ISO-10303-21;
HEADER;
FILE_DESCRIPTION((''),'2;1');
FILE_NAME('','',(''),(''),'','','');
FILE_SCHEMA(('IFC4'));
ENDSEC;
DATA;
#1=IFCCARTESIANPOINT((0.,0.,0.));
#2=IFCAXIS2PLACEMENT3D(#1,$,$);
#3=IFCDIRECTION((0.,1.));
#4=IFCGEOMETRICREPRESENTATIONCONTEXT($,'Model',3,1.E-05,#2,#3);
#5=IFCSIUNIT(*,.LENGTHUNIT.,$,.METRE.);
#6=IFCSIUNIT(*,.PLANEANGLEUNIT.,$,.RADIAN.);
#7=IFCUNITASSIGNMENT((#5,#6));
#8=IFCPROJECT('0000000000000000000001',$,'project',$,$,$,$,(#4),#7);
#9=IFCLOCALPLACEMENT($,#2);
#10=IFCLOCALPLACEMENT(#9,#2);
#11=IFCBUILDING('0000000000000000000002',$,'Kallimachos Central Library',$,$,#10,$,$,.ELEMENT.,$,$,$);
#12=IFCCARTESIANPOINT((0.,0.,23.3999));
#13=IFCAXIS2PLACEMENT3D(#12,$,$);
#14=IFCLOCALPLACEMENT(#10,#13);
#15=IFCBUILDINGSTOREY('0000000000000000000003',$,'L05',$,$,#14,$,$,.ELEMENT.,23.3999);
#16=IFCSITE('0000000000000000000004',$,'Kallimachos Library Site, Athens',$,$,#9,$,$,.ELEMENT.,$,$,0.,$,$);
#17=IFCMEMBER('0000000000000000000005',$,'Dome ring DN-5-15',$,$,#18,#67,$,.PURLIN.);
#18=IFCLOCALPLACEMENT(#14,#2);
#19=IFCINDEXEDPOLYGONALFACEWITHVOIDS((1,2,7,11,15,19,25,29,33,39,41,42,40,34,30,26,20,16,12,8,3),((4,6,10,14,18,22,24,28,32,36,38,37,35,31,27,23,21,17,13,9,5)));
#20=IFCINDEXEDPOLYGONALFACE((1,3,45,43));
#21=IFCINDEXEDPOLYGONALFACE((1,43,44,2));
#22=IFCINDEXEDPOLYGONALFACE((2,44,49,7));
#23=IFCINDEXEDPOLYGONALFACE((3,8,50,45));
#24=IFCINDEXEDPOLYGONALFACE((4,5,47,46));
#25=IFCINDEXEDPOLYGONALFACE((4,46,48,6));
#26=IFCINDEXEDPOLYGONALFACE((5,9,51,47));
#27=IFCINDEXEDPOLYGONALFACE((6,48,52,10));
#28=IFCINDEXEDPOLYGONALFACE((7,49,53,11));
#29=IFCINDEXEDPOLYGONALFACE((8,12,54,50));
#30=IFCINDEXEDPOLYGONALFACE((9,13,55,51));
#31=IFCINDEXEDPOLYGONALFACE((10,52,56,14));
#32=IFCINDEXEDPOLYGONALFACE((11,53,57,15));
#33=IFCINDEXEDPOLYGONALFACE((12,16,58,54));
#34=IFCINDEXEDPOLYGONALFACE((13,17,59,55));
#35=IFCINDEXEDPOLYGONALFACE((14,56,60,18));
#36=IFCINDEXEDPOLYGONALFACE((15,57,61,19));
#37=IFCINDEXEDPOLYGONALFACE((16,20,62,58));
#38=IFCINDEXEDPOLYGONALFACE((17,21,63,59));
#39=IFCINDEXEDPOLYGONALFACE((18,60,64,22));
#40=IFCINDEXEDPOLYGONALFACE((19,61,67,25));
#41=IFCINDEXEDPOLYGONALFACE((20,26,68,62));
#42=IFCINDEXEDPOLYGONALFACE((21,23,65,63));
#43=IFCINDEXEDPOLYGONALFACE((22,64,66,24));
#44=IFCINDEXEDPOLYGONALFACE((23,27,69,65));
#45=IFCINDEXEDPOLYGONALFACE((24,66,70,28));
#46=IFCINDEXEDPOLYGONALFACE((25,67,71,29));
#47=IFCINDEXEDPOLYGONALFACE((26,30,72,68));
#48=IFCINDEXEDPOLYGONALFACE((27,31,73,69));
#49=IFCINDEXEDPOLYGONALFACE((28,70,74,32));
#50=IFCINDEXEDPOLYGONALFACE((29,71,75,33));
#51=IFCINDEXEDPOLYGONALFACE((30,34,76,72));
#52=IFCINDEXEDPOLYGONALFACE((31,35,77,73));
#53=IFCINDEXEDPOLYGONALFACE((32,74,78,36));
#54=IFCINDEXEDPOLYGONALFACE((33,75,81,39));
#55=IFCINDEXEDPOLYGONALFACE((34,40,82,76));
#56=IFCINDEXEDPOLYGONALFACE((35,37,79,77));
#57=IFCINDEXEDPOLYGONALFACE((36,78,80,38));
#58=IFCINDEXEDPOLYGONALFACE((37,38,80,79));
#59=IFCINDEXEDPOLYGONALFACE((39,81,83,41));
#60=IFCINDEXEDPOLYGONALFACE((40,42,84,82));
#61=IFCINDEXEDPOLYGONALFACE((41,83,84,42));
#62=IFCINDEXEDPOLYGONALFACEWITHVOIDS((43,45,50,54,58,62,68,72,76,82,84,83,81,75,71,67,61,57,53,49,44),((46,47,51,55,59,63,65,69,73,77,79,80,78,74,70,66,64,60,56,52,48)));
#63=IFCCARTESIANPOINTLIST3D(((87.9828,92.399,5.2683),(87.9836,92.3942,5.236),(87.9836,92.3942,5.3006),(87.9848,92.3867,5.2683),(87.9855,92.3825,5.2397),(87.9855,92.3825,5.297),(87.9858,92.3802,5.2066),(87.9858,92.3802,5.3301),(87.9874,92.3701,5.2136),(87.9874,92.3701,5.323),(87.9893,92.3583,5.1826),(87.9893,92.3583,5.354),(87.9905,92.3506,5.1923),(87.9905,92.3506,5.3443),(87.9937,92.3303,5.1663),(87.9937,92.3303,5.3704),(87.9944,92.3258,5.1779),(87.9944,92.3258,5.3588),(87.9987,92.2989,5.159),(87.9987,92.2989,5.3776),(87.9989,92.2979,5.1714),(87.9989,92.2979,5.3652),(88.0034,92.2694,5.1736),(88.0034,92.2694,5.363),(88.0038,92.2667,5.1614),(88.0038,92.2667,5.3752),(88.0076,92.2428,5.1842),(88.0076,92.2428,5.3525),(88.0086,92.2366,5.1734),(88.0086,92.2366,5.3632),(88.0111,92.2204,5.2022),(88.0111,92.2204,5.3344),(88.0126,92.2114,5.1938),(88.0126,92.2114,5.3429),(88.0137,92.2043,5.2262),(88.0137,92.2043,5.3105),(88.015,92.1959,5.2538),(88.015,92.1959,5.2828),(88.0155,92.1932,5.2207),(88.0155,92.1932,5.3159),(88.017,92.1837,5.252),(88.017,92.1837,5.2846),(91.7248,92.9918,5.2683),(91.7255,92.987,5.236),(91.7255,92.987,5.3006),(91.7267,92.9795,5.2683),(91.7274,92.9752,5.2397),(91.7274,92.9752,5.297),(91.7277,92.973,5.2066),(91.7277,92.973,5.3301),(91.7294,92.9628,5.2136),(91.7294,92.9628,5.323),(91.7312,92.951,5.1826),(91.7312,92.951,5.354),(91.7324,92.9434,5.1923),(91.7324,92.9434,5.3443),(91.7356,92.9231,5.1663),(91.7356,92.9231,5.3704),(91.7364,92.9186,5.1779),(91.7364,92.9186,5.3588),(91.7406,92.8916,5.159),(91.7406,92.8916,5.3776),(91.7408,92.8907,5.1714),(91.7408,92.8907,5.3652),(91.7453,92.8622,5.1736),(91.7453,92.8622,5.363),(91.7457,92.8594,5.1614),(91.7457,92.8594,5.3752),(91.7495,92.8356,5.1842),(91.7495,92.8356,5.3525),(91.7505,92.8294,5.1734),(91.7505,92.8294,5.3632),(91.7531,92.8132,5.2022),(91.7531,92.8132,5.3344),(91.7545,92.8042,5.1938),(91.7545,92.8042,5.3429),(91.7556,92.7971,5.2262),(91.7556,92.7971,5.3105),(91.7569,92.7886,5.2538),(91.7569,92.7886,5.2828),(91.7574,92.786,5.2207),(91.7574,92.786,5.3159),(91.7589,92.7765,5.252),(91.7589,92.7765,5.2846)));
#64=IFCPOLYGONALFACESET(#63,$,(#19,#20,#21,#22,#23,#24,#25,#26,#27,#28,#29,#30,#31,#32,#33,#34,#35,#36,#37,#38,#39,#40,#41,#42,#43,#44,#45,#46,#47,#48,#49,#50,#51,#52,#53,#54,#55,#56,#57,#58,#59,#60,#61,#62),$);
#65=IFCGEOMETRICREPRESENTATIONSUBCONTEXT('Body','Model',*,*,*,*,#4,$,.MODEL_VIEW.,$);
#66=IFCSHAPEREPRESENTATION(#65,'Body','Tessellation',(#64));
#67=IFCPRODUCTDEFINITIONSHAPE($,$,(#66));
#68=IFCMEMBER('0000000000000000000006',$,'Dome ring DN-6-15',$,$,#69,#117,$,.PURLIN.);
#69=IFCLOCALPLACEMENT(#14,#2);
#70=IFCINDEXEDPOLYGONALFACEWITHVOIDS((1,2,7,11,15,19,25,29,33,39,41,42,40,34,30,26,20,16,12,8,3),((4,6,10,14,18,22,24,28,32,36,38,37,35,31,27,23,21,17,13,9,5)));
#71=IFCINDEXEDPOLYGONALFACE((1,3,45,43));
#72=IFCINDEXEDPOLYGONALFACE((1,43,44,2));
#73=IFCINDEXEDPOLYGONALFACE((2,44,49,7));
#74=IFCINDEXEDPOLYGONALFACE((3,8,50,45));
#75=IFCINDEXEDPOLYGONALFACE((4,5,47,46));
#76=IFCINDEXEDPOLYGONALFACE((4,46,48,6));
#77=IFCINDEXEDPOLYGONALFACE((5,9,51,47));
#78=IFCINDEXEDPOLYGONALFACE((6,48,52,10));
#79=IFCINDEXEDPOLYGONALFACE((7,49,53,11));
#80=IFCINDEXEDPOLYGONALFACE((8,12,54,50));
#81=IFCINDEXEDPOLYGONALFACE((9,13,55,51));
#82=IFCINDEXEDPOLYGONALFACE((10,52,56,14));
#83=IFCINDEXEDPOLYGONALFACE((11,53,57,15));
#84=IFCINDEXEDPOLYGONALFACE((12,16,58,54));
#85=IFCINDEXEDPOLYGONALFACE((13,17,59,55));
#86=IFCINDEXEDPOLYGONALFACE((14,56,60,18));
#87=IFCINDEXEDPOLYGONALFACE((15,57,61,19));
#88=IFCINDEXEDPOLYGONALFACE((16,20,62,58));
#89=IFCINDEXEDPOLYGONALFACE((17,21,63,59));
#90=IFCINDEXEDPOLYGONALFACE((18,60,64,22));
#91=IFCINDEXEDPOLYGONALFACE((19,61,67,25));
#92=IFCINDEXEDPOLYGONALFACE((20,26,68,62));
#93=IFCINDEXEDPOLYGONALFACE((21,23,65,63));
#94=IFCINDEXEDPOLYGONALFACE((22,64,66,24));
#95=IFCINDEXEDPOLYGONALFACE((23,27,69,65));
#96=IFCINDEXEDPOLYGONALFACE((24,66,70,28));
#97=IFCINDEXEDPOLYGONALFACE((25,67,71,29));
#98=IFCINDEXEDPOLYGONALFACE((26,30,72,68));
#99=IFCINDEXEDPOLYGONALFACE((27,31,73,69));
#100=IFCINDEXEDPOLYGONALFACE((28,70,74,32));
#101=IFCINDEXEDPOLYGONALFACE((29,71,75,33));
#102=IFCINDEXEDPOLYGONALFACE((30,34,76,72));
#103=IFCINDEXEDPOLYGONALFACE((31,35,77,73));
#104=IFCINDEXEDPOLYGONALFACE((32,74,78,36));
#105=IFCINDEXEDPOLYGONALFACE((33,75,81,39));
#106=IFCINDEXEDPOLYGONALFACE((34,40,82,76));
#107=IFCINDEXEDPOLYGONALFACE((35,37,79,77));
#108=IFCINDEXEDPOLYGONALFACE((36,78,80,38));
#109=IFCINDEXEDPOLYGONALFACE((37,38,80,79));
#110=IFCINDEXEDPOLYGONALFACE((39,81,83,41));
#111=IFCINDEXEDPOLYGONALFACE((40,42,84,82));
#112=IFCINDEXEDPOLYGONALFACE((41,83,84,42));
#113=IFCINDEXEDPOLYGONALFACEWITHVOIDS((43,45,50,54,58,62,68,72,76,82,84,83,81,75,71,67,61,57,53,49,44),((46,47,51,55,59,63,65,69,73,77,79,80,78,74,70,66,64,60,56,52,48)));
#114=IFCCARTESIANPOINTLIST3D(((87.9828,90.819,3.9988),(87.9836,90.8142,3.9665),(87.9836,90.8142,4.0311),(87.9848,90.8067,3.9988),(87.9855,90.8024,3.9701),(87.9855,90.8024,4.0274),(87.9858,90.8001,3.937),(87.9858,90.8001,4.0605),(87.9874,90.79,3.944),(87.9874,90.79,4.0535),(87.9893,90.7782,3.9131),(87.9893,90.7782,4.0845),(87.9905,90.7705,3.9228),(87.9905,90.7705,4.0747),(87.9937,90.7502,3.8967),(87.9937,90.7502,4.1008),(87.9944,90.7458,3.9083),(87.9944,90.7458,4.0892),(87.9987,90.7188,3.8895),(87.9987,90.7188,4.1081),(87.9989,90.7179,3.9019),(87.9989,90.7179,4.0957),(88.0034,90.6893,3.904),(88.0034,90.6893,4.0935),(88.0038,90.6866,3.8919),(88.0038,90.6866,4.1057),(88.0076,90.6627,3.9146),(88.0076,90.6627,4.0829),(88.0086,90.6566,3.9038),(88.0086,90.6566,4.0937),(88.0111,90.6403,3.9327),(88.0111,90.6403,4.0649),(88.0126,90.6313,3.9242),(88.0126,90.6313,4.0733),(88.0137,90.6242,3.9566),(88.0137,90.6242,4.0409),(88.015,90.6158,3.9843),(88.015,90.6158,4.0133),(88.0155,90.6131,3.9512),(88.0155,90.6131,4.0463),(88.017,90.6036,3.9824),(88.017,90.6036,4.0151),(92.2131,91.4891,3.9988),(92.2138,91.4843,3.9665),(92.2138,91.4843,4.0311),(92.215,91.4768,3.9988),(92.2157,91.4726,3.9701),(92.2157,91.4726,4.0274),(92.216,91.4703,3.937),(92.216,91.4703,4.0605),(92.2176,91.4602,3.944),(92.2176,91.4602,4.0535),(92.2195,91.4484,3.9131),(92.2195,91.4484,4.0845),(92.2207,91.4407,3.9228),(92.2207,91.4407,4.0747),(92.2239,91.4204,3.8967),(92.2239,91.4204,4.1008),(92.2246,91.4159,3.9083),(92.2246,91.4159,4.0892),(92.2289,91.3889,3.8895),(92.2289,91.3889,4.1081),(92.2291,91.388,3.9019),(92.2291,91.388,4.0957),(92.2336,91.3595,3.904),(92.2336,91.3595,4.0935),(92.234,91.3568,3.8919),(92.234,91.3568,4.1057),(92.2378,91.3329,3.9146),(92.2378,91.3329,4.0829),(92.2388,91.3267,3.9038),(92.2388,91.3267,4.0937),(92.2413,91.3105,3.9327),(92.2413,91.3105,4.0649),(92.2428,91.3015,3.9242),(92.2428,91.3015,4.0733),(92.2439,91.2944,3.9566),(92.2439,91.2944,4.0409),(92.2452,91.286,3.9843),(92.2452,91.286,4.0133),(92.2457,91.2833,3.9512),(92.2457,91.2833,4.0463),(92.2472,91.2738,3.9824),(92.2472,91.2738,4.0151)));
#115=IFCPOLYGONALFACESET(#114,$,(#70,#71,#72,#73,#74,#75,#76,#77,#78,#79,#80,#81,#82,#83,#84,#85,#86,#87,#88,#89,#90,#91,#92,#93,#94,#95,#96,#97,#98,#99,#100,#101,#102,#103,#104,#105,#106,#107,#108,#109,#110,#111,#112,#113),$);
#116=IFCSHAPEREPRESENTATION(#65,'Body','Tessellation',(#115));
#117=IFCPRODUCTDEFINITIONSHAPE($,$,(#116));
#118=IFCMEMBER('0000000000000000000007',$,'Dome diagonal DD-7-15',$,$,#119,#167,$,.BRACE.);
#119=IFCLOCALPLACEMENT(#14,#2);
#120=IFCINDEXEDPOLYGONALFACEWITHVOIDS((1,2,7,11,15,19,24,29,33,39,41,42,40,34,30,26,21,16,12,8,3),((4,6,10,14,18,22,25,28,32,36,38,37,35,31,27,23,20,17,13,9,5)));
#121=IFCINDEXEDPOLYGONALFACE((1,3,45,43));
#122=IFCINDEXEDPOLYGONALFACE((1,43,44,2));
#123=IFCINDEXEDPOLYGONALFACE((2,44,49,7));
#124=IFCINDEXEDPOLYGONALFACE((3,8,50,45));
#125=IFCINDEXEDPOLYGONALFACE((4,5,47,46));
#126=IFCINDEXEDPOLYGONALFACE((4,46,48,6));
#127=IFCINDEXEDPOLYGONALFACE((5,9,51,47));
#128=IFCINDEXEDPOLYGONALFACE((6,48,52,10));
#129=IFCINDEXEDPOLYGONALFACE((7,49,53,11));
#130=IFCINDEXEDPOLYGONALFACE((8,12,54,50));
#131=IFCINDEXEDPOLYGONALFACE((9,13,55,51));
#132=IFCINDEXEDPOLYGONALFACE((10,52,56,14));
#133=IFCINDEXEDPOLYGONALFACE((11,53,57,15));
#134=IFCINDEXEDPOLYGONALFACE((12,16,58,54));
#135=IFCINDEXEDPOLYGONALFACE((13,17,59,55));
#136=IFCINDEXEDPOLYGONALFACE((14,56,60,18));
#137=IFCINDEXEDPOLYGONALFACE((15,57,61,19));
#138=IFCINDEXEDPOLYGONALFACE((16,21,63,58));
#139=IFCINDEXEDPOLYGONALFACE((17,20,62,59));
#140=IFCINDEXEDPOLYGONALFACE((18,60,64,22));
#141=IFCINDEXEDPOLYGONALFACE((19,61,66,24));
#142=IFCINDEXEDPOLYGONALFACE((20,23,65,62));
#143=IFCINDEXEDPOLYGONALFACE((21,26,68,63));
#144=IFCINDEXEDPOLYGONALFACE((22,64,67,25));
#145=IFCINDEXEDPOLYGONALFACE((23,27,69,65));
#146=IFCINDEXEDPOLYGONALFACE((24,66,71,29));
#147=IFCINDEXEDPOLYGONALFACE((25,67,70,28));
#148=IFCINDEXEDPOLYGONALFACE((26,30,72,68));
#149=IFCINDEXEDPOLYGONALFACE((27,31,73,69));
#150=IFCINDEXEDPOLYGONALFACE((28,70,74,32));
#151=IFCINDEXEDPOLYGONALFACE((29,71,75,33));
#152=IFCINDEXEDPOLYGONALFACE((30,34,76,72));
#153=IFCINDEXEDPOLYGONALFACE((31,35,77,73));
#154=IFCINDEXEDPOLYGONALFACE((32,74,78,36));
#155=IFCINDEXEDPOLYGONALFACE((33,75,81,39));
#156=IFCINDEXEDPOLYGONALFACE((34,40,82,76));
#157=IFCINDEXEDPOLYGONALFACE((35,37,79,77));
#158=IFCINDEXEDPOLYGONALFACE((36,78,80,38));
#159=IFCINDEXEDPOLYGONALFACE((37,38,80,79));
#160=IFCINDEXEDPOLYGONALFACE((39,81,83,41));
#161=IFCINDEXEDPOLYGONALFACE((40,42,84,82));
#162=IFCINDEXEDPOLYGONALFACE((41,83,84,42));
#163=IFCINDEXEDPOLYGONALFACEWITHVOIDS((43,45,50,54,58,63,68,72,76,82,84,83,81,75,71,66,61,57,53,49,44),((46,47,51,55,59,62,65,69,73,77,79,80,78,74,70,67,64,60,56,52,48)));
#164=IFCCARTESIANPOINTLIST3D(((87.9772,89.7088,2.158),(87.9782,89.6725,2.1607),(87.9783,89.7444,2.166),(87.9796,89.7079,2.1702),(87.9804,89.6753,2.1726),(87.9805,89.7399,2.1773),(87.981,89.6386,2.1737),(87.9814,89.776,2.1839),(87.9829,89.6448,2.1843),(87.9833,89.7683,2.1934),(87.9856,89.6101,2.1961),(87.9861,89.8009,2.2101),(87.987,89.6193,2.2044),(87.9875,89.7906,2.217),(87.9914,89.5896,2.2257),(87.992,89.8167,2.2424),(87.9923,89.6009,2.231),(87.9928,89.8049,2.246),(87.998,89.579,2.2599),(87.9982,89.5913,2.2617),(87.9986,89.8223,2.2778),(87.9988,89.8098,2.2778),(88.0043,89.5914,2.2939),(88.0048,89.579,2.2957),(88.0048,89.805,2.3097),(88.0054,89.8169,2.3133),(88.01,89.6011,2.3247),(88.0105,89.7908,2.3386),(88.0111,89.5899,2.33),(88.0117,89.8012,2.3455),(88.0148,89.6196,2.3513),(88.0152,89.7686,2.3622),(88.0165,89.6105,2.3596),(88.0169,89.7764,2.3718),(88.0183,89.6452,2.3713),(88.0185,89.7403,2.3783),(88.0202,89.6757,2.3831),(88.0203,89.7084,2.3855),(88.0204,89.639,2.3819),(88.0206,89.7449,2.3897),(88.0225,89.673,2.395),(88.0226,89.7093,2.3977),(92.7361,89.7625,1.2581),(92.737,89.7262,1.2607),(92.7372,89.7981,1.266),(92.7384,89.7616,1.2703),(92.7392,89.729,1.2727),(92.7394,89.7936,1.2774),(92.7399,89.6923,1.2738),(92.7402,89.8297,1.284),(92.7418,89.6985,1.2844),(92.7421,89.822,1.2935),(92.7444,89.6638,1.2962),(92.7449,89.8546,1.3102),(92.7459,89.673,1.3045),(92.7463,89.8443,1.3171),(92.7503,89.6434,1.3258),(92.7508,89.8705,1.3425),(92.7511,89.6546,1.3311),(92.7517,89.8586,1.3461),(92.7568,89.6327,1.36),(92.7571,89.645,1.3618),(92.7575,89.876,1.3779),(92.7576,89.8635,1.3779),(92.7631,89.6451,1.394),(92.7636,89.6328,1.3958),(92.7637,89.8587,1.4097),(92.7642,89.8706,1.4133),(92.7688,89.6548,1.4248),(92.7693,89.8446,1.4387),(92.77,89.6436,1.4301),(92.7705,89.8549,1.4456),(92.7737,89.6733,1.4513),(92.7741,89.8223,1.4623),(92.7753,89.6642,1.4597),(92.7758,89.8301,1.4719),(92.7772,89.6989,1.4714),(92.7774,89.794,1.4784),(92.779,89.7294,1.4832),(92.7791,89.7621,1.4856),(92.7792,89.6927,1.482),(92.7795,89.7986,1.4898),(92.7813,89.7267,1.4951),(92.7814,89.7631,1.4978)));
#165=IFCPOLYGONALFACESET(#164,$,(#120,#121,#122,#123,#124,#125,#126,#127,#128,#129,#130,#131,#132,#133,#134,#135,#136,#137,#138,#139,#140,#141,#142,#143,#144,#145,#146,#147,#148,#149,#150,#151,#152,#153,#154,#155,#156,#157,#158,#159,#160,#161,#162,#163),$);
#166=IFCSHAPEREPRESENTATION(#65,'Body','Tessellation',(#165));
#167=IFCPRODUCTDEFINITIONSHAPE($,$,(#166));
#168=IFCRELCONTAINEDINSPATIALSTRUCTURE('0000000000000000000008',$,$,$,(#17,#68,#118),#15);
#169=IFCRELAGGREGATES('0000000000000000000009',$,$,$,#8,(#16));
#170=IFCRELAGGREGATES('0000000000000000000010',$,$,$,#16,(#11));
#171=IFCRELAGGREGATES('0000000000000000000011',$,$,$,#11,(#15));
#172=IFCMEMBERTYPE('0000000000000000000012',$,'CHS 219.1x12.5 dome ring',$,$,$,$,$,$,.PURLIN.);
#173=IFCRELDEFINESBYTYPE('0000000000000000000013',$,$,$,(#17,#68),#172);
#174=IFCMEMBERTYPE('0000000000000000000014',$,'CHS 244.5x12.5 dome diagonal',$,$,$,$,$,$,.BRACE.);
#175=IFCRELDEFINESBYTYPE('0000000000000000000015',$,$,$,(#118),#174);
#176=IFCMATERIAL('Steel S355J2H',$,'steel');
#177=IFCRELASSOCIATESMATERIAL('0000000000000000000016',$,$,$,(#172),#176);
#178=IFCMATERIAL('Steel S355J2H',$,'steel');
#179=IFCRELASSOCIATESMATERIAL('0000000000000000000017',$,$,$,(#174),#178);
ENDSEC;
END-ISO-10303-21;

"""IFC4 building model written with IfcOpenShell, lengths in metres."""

from ifc_helpers import new_model, si_unit, direction, frame, origin, origin_2d, place, context, subcontext, project, spatial, hollow_circle, extrude, material, material_profile, profile_set, type_object, element, save


model = new_model("IFC4")

# Units and contexts
model_context = context("Model", 3, precision=1e-05, world=origin(), true_north=direction((0.0, 1.0)))
body_context = subcontext(model_context, "Body", "Model", "MODEL_VIEW")
ifc_project = project(units=[si_unit("LENGTHUNIT", "METRE"), si_unit("PLANEANGLEUNIT", "RADIAN")], contexts=[model_context])

# Site, building, storey
site_placement = place(None, origin())
site = spatial("IfcSite", under=ifc_project, at=site_placement, Name="Kallimachos Library Site, Athens", CompositionType="ELEMENT", RefElevation=0.0)
building_placement = place(site_placement, origin())
building = spatial("IfcBuilding", under=site, at=building_placement, Name="Kallimachos Central Library", CompositionType="ELEMENT")
storey_placement = place(building_placement, frame((0.0, 0.0, 23.3999)))
storey = spatial("IfcBuildingStorey", under=building, at=storey_placement, Name="L05", CompositionType="ELEMENT", Elevation=23.3999)

# Members
ifc_material_1 = material(Name="Steel S355J2H", Category="steel")
ifc_material_profile_1 = material_profile(ifc_material_1, hollow_circle(Radius=0.1096, WallThickness=0.0125, at=origin_2d()), Name="CHS 219.1x12.5")
ifc_profile_set_1 = profile_set([ifc_material_profile_1], Name="Steel S355J2H")
member_type_1 = type_object("IfcMemberType", Name="CHS 219.1x12.5 dome ring", PredefinedType="PURLIN", material=ifc_profile_set_1)
member_1_placement = place(storey_placement, frame((88.0, 92.2908, 5.2683), z_axis=(0.987684, 0.156462, 0.0), x_axis=(-0.156462, 0.987684, 0.0)))
element("IfcMember", 1, at=member_1_placement, inside=storey, type_object=member_type_1, Name="Dome ring DN-5-15", PredefinedType="PURLIN", context=body_context, shape_type="SweptSolid", body=[
    extrude(hollow_circle(Radius=0.1096, WallThickness=0.0125, at=origin_2d()), origin(), (0.0, 0.0, 1.0), 3.7886),
])
member_2_placement = place(storey_placement, frame((88.0, 90.7107, 3.9988), z_axis=(0.987682, 0.156472, 0.0), x_axis=(-0.156472, 0.987682, 0.0)))
element("IfcMember", 2, at=member_2_placement, inside=storey, type_object=member_type_1, Name="Dome ring DN-6-15", PredefinedType="PURLIN", context=body_context, shape_type="SweptSolid", body=[
    extrude(hollow_circle(Radius=0.1096, WallThickness=0.0125, at=origin_2d()), origin(), (0.0, 0.0, 1.0), 4.283),
])
ifc_material_2 = material(Name="Steel S355J2H", Category="steel")
ifc_material_profile_2 = material_profile(ifc_material_2, hollow_circle(Radius=0.1223, WallThickness=0.0125, at=origin_2d()), Name="CHS 244.5x12.5")
ifc_profile_set_2 = profile_set([ifc_material_profile_2], Name="Steel S355J2H")
member_type_2 = type_object("IfcMemberType", Name="CHS 244.5x12.5 dome diagonal", PredefinedType="BRACE", material=ifc_profile_set_2)
member_3_placement = place(storey_placement, frame((88.0, 89.7, 2.2778), z_axis=(0.982525, 0.011089, -0.185799), x_axis=(-0.011286, 0.999936, 0.0)))
element("IfcMember", 3, at=member_3_placement, inside=storey, type_object=member_type_2, Name="Dome diagonal DD-7-15", PredefinedType="BRACE", context=body_context, shape_type="SweptSolid", body=[
    extrude(hollow_circle(Radius=0.1223, WallThickness=0.0125, at=origin_2d()), origin(), (0.0, 0.0, 1.0), 4.8435),
])

save(model, "model.ifc")
